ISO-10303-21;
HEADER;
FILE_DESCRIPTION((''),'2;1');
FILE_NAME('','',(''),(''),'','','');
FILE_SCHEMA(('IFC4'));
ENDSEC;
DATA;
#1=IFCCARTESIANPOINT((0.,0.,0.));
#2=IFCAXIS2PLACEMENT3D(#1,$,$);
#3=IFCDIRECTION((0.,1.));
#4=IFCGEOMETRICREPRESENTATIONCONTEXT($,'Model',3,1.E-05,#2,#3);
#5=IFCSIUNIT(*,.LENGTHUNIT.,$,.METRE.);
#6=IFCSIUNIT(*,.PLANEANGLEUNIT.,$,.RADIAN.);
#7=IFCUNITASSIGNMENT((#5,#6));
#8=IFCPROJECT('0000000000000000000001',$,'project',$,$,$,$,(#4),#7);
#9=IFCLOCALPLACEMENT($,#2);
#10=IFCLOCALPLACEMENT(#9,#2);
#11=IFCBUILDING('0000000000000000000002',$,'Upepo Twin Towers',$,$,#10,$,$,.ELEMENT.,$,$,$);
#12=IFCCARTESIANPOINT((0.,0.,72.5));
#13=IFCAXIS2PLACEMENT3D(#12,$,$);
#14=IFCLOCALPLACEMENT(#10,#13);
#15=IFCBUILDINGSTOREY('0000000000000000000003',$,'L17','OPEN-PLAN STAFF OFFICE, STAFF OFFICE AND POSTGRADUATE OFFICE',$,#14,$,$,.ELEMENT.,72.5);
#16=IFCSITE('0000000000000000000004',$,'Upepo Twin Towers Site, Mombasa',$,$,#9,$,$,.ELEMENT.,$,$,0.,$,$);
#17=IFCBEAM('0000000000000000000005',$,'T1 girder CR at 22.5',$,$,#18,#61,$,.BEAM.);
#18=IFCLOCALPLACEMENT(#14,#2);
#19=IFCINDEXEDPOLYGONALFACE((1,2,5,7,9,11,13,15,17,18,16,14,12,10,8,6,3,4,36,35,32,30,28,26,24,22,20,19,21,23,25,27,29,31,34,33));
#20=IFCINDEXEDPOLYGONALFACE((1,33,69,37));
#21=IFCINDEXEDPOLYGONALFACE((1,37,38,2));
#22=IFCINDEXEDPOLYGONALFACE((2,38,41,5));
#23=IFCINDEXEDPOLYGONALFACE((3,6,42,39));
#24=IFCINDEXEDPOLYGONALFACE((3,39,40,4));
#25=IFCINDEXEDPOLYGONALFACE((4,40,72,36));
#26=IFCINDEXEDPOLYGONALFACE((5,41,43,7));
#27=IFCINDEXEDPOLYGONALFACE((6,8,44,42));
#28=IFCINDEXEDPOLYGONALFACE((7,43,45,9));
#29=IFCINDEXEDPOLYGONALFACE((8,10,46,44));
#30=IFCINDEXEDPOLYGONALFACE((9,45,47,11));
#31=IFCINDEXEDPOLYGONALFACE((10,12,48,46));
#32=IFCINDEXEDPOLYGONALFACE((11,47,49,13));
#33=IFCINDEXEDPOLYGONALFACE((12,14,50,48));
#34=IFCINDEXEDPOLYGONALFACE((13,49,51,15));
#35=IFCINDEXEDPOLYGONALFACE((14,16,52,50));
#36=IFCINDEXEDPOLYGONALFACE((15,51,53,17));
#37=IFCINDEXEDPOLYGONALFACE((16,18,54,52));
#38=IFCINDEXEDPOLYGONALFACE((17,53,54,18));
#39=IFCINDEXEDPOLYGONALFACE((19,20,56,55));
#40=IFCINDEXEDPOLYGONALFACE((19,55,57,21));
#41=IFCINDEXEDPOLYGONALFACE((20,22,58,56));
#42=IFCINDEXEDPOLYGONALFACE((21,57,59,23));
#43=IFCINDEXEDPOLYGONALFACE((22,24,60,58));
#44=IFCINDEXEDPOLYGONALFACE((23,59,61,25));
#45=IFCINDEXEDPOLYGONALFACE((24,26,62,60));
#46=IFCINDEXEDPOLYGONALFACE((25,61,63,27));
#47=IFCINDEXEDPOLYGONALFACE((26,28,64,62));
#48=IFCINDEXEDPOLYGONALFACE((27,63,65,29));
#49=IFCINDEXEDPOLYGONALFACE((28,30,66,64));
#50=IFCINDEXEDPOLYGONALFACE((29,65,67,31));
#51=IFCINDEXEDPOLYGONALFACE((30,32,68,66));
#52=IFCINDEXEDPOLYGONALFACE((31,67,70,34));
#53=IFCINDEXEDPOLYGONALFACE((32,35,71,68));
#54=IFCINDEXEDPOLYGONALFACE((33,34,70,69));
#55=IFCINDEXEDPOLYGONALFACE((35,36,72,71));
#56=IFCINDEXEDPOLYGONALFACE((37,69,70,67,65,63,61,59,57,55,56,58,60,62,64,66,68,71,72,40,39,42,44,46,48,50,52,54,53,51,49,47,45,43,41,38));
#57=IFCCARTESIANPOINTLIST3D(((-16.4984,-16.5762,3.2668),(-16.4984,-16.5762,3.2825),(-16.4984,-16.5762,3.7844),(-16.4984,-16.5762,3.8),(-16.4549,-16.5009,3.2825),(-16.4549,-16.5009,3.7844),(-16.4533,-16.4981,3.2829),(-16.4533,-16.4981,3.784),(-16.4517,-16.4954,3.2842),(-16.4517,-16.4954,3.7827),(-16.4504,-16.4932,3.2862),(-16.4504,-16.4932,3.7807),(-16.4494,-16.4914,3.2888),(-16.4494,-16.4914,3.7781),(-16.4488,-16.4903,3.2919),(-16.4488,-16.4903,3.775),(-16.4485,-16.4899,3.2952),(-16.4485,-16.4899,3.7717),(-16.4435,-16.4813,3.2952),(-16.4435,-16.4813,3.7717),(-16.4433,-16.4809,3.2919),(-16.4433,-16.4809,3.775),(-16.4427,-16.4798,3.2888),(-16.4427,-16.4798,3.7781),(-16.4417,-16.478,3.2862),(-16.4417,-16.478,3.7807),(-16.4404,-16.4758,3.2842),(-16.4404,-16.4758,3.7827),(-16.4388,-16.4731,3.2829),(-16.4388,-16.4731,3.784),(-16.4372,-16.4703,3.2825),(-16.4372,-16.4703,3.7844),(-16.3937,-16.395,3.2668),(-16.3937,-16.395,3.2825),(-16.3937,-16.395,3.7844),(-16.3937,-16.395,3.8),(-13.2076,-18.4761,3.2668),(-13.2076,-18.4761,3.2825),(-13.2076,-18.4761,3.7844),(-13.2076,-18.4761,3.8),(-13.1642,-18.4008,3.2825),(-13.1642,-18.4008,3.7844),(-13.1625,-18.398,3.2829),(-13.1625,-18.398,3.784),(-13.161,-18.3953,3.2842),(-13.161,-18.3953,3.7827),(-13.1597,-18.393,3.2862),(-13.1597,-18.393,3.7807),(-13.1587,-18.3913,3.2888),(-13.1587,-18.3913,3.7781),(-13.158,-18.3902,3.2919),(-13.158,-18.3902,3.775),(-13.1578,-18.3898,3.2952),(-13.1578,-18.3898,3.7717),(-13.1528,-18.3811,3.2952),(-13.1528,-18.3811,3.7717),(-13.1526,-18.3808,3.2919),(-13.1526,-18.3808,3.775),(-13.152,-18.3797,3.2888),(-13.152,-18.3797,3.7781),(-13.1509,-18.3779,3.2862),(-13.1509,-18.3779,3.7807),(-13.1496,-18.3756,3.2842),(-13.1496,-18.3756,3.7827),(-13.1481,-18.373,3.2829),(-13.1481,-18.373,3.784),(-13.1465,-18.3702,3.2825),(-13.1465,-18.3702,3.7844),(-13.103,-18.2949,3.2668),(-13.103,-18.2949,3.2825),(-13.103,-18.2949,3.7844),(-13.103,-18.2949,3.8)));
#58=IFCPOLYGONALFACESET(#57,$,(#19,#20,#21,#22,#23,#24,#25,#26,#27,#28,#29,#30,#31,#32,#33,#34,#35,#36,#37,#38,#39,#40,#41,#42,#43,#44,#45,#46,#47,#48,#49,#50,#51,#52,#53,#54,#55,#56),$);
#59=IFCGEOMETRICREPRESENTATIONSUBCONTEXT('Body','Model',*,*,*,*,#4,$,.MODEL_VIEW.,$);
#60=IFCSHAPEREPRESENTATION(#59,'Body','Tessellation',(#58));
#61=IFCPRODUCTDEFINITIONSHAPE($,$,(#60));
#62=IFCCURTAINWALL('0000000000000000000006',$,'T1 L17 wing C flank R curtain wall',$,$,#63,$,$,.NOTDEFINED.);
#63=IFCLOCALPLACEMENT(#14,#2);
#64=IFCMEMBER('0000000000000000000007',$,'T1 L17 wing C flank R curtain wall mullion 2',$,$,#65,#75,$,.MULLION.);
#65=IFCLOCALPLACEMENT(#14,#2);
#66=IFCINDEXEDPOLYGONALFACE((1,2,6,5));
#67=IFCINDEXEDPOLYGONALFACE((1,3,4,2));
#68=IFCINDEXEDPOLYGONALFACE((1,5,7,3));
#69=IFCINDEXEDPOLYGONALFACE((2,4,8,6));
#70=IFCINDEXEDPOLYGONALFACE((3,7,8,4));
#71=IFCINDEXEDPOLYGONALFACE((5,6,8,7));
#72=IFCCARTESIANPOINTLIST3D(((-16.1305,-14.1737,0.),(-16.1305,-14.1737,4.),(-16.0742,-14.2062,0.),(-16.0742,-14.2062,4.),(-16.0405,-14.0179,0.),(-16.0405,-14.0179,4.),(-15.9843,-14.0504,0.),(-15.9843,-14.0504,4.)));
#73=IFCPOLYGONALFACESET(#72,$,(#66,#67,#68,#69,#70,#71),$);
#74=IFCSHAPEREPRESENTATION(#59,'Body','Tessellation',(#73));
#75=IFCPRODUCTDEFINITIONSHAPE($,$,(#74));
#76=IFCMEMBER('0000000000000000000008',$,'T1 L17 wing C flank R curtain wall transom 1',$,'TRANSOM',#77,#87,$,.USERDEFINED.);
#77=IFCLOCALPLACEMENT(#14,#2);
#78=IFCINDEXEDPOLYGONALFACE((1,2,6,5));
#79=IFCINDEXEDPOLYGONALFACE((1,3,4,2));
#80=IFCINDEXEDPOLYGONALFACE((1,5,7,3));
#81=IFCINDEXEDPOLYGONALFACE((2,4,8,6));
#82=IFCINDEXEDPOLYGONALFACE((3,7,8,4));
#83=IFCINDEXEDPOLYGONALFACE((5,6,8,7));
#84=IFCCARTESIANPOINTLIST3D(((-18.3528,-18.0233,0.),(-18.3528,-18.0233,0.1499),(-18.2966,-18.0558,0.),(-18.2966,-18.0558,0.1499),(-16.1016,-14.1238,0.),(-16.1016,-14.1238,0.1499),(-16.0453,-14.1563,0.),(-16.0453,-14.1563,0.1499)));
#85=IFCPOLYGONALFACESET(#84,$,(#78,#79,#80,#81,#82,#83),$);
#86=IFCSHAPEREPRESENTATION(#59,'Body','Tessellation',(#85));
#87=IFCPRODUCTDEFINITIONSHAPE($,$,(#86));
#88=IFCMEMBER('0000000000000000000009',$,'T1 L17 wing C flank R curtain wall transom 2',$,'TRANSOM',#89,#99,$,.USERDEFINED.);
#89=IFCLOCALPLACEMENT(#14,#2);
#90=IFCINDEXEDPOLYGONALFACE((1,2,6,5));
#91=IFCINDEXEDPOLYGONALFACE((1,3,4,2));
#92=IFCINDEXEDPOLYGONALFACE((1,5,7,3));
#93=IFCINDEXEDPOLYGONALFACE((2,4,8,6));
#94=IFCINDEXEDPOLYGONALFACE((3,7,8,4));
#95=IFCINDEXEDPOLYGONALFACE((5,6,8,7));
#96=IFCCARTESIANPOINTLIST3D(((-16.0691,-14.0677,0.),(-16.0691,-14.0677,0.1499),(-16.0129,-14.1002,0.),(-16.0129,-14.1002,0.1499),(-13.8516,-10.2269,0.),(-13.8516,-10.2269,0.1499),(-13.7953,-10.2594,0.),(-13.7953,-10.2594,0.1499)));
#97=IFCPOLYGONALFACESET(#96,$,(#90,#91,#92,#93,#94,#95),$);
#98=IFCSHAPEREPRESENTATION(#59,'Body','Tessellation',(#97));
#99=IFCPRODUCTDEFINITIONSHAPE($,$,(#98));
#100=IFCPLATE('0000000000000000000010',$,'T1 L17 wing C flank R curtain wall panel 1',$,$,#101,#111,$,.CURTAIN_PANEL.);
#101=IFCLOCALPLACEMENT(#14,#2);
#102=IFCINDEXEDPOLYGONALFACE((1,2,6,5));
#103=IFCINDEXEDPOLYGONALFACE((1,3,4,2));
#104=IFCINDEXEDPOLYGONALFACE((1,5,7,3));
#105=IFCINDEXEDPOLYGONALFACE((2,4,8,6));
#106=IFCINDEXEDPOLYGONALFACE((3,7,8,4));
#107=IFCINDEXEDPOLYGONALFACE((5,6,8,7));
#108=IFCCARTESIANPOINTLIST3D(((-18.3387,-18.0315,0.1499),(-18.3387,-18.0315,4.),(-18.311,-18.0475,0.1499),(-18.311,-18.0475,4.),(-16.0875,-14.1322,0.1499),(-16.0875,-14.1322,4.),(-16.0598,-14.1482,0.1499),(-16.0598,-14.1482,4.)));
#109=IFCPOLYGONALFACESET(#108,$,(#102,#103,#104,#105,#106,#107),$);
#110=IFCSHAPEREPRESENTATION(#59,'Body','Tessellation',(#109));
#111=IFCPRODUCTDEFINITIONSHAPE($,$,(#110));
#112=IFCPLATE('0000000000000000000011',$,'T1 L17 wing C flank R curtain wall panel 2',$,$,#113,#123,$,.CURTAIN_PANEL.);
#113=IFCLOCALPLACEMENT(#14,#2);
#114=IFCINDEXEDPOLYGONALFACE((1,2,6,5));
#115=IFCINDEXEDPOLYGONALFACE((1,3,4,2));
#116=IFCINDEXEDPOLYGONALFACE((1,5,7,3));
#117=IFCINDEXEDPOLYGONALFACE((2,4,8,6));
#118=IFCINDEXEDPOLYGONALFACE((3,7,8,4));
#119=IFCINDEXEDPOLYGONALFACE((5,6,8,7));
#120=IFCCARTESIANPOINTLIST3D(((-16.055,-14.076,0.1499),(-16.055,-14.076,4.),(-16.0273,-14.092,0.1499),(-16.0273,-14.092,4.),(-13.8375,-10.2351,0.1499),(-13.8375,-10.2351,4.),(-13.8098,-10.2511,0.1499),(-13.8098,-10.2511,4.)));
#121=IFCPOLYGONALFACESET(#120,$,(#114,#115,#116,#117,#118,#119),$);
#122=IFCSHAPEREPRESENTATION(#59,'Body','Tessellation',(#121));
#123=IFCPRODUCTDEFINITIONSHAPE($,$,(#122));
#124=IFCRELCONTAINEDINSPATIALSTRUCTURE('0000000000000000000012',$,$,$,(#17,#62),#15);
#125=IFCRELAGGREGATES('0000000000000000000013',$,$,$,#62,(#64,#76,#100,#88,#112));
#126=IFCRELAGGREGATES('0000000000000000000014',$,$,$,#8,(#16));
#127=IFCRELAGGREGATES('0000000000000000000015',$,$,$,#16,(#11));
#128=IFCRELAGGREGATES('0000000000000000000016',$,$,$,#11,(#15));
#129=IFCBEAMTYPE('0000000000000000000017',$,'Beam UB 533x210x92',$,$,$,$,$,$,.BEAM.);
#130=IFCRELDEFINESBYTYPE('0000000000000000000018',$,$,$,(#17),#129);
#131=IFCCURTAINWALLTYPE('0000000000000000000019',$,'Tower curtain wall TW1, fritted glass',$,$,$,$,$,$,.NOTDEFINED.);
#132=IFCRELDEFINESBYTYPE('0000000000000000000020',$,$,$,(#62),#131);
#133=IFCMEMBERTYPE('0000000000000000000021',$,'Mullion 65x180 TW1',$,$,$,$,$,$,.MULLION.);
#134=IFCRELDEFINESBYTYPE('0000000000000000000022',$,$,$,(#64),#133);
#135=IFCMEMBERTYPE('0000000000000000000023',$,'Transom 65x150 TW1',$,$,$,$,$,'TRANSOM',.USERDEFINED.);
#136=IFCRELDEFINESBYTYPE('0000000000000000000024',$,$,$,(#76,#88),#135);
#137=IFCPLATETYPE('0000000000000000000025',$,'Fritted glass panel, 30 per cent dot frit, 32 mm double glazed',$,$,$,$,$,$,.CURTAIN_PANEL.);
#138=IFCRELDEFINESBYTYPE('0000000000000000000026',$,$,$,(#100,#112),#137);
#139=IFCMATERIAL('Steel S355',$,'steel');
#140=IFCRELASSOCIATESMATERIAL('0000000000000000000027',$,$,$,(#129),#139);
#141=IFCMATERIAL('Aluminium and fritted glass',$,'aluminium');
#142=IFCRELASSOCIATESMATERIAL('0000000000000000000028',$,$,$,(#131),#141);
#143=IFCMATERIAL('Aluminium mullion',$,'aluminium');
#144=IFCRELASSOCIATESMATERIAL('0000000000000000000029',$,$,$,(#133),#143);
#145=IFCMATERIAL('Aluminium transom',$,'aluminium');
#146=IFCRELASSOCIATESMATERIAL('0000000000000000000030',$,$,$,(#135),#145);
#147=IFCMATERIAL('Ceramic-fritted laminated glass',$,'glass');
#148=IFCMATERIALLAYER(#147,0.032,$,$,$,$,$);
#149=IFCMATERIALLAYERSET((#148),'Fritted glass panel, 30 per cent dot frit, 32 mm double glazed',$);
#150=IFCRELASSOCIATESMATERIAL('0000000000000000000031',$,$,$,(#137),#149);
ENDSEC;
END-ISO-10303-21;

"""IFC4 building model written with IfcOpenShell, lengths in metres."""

from ifc_helpers import new_model, si_unit, direction, frame, origin, origin_2d, place, context, subcontext, project, spatial, rectangle, i_section, extrude, material, layer, layer_set, material_profile, profile_set, type_object, element, aggregate, save


model = new_model("IFC4")

# Units and contexts
model_context = context("Model", 3, precision=1e-05, world=origin(), true_north=direction((0.0, 1.0)))
body_context = subcontext(model_context, "Body", "Model", "MODEL_VIEW")
ifc_project = project(units=[si_unit("LENGTHUNIT", "METRE"), si_unit("PLANEANGLEUNIT", "RADIAN")], contexts=[model_context])

# Site, building, storey
site_placement = place(None, origin())
site = spatial("IfcSite", under=ifc_project, at=site_placement, Name="Upepo Twin Towers Site, Mombasa", CompositionType="ELEMENT", RefElevation=0.0)
building_placement = place(site_placement, origin())
building = spatial("IfcBuilding", under=site, at=building_placement, Name="Upepo Twin Towers", CompositionType="ELEMENT")
storey_placement = place(building_placement, frame((0.0, 0.0, 72.5)))
storey = spatial("IfcBuildingStorey", under=building, at=storey_placement, Name="L17", Description="OPEN-PLAN STAFF OFFICE, STAFF OFFICE AND POSTGRADUATE OFFICE", CompositionType="ELEMENT", Elevation=72.5)

# Beam
ifc_material_1 = material(Name="Steel S355", Category="steel")
ifc_material_profile_1 = material_profile(ifc_material_1, i_section(OverallWidth=0.2092, OverallDepth=0.5332, WebThickness=0.01, FlangeThickness=0.0156, FilletRadius=0.0127, at=origin_2d()), Name="UB 533x210x92")
ifc_profile_set_1 = profile_set([ifc_material_profile_1], Name="Steel S355")
beam_type_1 = type_object("IfcBeamType", Name="Beam UB 533x210x92", PredefinedType="BEAM", material=ifc_profile_set_1)
beam_1_placement = place(storey_placement, frame((-16.446, -16.4856, 3.5334), z_axis=(0.866028, -0.499995, 0.0), x_axis=(0.499995, 0.866028, 0.0)))
element("IfcBeam", 1, at=beam_1_placement, inside=storey, type_object=beam_type_1, Name="T1 girder CR at 22.5", PredefinedType="BEAM", context=body_context, shape_type="SweptSolid", body=[
    extrude(i_section(OverallWidth=0.2092, OverallDepth=0.5332, WebThickness=0.01, FlangeThickness=0.0156, FilletRadius=0.0127, at=origin_2d()), origin(), (0.0, 0.0, 1.0), 3.7998),
])

# Curtain wall, members, plates
ifc_material_2 = material(Name="Aluminium and fritted glass", Category="aluminium")
curtain_wall_type = type_object("IfcCurtainWallType", Name="Tower curtain wall TW1, fritted glass", PredefinedType="NOTDEFINED", material=ifc_material_2)
curtain_wall_placement = place(storey_placement, origin())
curtain_wall = element("IfcCurtainWall", 2, at=curtain_wall_placement, inside=storey, type_object=curtain_wall_type, Name="T1 L17 wing C flank R curtain wall", PredefinedType="NOTDEFINED")
ifc_material_3 = material(Name="Aluminium mullion", Category="aluminium")
ifc_material_profile_2 = material_profile(ifc_material_3, rectangle(XDim=0.0649, YDim=0.1799, at=origin_2d()), Name="MULLION 65x180")
ifc_profile_set_2 = profile_set([ifc_material_profile_2], Name="Aluminium mullion")
member_type_1 = type_object("IfcMemberType", Name="Mullion 65x180 TW1", PredefinedType="MULLION", material=ifc_profile_set_2)
member_1_placement = place(storey_placement, frame((-16.0574, -14.1121, 0.0), z_axis=(0.0, 0.0, 1.0), x_axis=(-0.866025, 0.5, 0.0)))
member_1 = element("IfcMember", 3, at=member_1_placement, type_object=member_type_1, Name="T1 L17 wing C flank R curtain wall mullion 2", PredefinedType="MULLION", context=body_context, shape_type="SweptSolid", body=[
    extrude(rectangle(XDim=0.0649, YDim=0.1799, at=origin_2d()), origin(), (0.0, 0.0, 1.0), 4.0),
])
ifc_material_4 = material(Name="Aluminium transom", Category="aluminium")
ifc_material_profile_3 = material_profile(ifc_material_4, rectangle(XDim=0.0649, YDim=0.1499, at=origin_2d()), Name="TRANSOM 65x150")
ifc_profile_set_3 = profile_set([ifc_material_profile_3], Name="Aluminium transom")
member_type_2 = type_object("IfcMemberType", Name="Transom 65x150 TW1", ElementType="TRANSOM", PredefinedType="USERDEFINED", material=ifc_profile_set_3)
member_2_placement = place(storey_placement, frame((-18.3247, -18.0396, 0.075), z_axis=(0.499982, 0.866036, 0.0), x_axis=(-0.866036, 0.499982, 0.0)))
member_2 = element("IfcMember", 4, at=member_2_placement, type_object=member_type_2, Name="T1 L17 wing C flank R curtain wall transom 1", ObjectType="TRANSOM", PredefinedType="USERDEFINED", context=body_context, shape_type="SweptSolid", body=[
    extrude(rectangle(XDim=0.0649, YDim=0.1499, at=origin_2d()), origin(), (0.0, 0.0, 1.0), 4.5027),
])
member_3_placement = place(storey_placement, frame((-16.041, -14.084, 0.075), z_axis=(0.500005, 0.866022, 0.0), x_axis=(-0.866022, 0.500005, 0.0)))
member_3 = element("IfcMember", 5, at=member_3_placement, type_object=member_type_2, Name="T1 L17 wing C flank R curtain wall transom 2", ObjectType="TRANSOM", PredefinedType="USERDEFINED", context=body_context, shape_type="SweptSolid", body=[
    extrude(rectangle(XDim=0.0649, YDim=0.1499, at=origin_2d()), origin(), (0.0, 0.0, 1.0), 4.4351),
])
ifc_material_5 = material(Name="Ceramic-fritted laminated glass", Category="glass")
ifc_layer_1 = layer(ifc_material_5, 0.032)
ifc_layer_set_1 = layer_set([ifc_layer_1], Name="Fritted glass panel, 30 per cent dot frit, 32 mm double glazed")
plate_type = type_object("IfcPlateType", Name="Fritted glass panel, 30 per cent dot frit, 32 mm double glazed", PredefinedType="CURTAIN_PANEL", material=ifc_layer_set_1)
plate_1_placement = place(storey_placement, frame((-17.1992, -16.0898, 0.1499), z_axis=(0.0, 0.0, 1.0), x_axis=(0.5, 0.866025, 0.0)))
plate_1 = element("IfcPlate", 6, at=plate_1_placement, type_object=plate_type, Name="T1 L17 wing C flank R curtain wall panel 1", PredefinedType="CURTAIN_PANEL", context=body_context, shape_type="SweptSolid", body=[
    extrude(rectangle(XDim=4.5024, YDim=0.032, at=origin_2d()), origin(), (0.0, 0.0, 1.0), 3.8501),
])
plate_2_placement = place(storey_placement, frame((-14.9324, -12.1636, 0.1499), z_axis=(0.0, 0.0, 1.0), x_axis=(0.5, 0.866025, 0.0)))
plate_2 = element("IfcPlate", 7, at=plate_2_placement, type_object=plate_type, Name="T1 L17 wing C flank R curtain wall panel 2", PredefinedType="CURTAIN_PANEL", context=body_context, shape_type="SweptSolid", body=[
    extrude(rectangle(XDim=4.4351, YDim=0.032, at=origin_2d()), origin(), (0.0, 0.0, 1.0), 3.8501),
])
aggregate(curtain_wall, [member_1, member_2, plate_1, member_3, plate_2])

save(model, "model.ifc")
